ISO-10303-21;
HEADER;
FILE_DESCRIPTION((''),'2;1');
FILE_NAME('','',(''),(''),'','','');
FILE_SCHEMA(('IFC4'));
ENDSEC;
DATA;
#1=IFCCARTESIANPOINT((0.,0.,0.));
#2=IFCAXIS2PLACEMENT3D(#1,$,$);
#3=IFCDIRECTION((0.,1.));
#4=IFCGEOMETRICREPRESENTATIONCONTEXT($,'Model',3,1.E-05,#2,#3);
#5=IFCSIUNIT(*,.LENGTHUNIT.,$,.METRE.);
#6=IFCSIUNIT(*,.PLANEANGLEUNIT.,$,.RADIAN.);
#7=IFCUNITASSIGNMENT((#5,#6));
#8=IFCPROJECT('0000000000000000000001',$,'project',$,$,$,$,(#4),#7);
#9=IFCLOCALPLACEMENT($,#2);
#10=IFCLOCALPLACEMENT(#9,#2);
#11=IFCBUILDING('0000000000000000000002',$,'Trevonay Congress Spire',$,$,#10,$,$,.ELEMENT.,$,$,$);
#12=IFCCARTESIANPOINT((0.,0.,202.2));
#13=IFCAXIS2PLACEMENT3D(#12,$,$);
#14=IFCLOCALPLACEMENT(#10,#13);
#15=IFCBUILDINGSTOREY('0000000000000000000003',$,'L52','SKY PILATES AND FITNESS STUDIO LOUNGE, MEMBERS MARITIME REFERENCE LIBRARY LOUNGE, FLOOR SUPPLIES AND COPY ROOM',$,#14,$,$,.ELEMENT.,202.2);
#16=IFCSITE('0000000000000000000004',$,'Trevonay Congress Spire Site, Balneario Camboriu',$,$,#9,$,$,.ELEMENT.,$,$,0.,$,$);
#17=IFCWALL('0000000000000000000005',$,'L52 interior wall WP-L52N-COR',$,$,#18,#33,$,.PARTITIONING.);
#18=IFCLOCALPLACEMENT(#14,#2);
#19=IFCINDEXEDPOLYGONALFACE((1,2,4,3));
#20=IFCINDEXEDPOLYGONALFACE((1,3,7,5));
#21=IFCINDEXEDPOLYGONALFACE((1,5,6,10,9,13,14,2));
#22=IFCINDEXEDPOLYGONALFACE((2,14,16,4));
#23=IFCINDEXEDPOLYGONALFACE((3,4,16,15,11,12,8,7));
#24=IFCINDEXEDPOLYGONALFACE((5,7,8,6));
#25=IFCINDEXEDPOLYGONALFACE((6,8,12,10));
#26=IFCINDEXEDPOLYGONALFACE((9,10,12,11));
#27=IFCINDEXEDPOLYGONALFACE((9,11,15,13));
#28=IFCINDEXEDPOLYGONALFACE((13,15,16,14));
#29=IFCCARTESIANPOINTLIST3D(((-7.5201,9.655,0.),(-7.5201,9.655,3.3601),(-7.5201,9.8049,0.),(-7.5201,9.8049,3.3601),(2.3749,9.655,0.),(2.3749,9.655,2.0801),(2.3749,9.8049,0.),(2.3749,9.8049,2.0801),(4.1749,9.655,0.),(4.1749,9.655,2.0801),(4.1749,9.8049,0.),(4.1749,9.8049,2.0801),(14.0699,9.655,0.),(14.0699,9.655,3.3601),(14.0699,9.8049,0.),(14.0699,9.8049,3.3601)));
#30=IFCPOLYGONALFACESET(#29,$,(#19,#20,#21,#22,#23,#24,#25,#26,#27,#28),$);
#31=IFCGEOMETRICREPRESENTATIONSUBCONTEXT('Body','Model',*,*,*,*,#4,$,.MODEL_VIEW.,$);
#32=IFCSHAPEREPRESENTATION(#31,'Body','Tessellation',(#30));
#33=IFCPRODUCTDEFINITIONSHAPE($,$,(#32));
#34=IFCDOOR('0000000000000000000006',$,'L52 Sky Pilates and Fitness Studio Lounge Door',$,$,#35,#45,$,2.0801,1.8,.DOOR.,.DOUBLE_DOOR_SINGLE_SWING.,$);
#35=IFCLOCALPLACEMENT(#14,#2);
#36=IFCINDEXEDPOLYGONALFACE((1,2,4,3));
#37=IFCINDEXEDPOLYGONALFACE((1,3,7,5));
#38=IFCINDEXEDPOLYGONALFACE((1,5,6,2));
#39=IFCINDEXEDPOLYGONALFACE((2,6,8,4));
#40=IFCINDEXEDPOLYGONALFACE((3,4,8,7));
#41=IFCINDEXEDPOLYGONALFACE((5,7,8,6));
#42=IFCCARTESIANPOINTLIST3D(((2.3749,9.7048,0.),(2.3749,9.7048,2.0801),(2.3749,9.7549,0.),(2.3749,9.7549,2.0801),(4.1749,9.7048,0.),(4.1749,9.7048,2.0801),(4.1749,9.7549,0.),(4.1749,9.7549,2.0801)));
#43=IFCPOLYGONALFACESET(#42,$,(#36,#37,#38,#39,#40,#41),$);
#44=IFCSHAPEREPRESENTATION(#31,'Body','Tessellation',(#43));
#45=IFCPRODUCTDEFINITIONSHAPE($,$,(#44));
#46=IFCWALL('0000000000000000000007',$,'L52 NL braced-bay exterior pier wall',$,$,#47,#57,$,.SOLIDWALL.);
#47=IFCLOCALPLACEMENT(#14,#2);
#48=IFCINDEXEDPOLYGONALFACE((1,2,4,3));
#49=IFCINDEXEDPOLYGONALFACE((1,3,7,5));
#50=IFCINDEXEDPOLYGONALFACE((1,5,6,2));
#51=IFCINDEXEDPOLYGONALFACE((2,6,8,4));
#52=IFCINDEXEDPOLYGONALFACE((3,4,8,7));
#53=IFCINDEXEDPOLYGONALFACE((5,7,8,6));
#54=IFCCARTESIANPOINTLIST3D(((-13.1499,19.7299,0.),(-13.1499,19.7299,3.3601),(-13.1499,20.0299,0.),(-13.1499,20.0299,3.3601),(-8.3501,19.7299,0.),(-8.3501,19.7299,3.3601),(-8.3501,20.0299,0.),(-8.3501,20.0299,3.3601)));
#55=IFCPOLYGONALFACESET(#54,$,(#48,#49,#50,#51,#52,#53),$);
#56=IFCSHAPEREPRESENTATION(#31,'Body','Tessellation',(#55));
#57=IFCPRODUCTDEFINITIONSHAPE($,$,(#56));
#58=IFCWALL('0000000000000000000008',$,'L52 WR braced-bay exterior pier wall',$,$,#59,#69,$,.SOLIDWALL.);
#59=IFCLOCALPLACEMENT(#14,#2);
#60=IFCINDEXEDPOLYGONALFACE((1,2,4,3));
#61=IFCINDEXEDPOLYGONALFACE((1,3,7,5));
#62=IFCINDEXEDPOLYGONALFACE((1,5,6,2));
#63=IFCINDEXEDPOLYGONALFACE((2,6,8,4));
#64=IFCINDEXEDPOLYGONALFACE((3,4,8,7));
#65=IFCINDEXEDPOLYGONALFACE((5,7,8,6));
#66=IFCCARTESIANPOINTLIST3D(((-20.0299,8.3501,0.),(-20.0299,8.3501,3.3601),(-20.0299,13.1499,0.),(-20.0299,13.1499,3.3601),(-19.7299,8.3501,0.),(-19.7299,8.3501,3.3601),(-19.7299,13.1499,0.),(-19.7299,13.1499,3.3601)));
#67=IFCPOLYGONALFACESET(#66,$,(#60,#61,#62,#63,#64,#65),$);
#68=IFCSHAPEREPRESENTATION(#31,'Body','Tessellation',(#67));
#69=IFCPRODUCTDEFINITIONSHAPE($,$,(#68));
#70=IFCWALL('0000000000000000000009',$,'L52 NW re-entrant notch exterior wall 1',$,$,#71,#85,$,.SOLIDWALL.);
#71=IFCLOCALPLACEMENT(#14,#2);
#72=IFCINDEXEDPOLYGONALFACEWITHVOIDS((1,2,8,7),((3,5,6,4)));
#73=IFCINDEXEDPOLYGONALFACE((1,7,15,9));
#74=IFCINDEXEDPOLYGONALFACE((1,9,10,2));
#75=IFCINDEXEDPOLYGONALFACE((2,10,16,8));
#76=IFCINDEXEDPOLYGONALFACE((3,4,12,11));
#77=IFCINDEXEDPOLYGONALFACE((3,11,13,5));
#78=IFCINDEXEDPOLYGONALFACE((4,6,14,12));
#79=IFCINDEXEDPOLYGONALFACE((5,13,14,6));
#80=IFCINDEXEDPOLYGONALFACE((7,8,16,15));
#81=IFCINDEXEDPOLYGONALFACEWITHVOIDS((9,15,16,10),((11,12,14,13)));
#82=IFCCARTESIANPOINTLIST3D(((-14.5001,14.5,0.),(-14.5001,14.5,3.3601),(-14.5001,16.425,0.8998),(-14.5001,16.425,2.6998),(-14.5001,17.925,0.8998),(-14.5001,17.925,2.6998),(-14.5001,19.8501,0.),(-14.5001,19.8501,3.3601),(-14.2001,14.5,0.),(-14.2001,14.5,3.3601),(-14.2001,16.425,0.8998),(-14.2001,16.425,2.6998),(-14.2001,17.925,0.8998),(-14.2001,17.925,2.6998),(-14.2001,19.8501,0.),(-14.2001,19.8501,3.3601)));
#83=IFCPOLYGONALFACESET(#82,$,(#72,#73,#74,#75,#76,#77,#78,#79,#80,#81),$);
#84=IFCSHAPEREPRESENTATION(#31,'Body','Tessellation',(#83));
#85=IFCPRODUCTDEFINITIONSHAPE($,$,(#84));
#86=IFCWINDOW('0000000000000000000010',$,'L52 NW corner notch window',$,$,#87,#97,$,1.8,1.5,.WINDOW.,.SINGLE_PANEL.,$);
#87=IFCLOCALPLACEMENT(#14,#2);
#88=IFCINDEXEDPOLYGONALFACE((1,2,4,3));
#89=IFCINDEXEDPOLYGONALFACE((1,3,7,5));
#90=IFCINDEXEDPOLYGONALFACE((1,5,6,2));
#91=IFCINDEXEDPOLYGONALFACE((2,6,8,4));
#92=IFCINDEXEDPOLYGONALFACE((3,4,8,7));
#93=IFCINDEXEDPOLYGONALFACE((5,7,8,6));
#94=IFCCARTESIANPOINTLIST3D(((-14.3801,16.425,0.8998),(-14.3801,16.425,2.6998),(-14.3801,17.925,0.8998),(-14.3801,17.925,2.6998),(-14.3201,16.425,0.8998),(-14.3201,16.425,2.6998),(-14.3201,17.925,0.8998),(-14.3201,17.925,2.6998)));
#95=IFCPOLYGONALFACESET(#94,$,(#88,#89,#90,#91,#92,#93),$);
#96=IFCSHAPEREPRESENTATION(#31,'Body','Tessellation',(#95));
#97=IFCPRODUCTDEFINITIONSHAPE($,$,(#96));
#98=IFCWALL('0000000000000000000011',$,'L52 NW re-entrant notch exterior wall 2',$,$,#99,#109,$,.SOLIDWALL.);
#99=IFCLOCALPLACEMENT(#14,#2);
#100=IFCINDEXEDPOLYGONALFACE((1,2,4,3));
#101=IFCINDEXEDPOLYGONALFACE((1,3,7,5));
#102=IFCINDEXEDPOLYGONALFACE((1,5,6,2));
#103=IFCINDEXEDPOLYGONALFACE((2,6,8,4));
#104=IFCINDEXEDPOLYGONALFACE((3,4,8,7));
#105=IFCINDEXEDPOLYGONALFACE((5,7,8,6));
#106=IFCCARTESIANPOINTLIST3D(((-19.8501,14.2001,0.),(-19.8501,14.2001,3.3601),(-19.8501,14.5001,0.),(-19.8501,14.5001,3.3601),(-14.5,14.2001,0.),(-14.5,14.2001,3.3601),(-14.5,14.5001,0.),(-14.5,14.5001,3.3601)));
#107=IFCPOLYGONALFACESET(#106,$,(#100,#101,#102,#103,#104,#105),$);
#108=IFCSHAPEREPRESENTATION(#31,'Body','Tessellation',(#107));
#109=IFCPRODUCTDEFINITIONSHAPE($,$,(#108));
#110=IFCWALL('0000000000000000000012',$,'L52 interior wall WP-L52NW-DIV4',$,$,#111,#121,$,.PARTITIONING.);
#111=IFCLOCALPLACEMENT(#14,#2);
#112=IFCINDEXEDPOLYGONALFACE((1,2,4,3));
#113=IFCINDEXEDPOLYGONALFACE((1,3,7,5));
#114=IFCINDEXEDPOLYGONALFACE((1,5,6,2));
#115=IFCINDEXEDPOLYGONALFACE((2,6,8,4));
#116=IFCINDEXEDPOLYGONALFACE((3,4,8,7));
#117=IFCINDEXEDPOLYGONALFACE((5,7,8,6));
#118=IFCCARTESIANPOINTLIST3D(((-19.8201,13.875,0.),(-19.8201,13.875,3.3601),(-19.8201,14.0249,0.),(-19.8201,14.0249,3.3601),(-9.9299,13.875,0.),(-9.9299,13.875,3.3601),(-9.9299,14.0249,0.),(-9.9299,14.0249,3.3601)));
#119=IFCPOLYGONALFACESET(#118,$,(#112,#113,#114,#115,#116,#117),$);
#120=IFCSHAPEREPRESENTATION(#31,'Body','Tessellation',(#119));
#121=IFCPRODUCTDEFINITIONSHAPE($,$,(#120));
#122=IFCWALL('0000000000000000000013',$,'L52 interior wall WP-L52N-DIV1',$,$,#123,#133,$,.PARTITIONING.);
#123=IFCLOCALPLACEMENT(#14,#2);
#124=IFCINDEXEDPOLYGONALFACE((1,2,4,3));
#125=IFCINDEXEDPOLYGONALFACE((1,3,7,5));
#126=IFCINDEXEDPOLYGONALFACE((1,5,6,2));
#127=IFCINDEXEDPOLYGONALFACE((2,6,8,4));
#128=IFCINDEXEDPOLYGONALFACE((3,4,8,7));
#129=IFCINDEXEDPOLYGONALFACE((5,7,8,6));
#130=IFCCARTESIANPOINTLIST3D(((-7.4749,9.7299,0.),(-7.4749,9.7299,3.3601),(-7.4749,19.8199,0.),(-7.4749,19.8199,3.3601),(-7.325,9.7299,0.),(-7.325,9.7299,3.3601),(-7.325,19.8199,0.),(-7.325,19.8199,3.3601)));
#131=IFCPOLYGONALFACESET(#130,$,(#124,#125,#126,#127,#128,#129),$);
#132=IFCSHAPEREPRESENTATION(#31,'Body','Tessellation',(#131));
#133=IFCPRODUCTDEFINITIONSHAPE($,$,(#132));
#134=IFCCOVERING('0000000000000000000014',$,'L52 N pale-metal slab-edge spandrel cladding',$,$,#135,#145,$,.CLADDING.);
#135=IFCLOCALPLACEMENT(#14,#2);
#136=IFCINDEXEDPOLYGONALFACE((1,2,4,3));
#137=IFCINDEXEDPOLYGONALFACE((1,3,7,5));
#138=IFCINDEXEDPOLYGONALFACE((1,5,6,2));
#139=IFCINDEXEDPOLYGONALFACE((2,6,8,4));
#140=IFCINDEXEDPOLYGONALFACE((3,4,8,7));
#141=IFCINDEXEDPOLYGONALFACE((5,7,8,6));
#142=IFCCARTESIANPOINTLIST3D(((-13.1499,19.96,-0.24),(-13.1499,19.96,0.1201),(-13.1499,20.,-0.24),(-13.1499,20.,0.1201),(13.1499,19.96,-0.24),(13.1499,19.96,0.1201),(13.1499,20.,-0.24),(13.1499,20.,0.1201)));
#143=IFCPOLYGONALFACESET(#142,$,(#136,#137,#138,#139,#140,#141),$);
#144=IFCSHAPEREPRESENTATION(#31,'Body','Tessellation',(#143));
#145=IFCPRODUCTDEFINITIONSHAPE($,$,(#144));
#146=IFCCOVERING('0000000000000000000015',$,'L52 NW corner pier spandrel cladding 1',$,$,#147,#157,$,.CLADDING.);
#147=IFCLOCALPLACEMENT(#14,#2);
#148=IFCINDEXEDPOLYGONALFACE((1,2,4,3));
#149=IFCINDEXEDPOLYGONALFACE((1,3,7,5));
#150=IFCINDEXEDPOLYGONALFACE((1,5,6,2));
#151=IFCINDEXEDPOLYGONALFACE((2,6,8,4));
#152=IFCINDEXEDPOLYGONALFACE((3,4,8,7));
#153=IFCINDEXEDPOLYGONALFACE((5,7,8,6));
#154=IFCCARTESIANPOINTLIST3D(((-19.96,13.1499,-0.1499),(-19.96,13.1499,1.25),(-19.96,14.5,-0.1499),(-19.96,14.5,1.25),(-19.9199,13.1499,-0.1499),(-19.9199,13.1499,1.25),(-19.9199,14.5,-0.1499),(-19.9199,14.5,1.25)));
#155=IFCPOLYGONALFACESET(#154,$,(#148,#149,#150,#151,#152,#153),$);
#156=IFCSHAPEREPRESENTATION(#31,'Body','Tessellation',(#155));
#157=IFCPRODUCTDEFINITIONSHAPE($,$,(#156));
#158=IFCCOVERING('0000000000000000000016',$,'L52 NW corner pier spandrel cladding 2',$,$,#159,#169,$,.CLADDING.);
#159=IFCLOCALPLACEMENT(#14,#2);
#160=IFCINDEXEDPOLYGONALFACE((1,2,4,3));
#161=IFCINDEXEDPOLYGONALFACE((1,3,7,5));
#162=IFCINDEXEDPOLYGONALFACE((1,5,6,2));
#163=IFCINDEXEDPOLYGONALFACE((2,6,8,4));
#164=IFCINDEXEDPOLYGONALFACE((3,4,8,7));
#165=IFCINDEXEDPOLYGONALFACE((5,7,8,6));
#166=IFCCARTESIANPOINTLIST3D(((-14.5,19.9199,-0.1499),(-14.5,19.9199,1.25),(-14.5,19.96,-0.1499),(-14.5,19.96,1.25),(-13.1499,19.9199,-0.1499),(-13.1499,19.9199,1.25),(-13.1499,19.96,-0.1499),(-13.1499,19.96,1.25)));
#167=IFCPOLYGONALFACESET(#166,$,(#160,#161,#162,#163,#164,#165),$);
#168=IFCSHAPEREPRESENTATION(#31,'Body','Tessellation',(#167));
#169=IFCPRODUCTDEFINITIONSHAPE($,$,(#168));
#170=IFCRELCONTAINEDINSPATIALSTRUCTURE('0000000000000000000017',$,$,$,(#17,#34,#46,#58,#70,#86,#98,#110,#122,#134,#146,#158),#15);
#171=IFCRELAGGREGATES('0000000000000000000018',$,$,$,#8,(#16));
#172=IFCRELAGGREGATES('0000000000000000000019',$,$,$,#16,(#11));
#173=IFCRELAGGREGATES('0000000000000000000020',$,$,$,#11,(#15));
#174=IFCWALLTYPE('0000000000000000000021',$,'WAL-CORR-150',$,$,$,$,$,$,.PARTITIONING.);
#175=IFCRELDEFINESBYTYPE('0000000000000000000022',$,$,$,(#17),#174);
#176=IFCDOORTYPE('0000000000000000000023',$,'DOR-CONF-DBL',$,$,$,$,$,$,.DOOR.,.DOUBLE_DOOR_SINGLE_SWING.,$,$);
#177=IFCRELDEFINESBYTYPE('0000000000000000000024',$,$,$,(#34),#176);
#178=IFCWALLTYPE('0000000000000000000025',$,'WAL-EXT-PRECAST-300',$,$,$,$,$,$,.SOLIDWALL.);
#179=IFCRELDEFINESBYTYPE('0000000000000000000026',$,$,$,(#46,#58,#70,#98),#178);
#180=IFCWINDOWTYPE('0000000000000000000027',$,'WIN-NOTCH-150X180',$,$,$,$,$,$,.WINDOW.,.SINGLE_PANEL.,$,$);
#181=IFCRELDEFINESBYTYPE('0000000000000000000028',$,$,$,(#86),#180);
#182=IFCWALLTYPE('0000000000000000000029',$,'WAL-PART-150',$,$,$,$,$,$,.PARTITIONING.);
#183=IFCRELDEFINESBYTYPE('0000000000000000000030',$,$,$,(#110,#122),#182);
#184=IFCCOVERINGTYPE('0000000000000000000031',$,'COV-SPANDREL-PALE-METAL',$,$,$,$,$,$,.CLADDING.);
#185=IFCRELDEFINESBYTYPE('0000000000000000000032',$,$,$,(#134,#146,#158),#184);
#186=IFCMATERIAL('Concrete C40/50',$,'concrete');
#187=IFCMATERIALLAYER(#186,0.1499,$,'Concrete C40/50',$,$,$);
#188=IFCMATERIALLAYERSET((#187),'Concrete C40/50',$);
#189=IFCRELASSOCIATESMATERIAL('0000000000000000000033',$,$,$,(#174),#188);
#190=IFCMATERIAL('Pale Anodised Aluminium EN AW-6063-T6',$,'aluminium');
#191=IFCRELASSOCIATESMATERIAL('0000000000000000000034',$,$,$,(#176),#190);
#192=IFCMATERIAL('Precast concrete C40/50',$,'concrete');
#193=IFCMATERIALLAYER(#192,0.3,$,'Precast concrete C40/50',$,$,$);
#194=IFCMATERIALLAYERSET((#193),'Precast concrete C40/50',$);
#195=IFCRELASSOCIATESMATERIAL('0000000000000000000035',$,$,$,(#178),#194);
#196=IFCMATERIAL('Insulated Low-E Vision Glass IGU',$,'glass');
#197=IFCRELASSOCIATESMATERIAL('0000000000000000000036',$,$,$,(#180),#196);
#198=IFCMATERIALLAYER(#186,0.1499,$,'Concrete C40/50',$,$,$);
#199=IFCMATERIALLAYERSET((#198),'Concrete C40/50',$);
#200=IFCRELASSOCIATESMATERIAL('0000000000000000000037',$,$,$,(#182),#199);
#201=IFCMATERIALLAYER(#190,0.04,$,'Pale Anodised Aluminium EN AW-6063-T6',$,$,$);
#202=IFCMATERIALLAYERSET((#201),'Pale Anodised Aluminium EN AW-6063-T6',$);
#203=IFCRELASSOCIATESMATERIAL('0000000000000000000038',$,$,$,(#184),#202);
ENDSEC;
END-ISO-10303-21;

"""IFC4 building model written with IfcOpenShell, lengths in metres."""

from ifc_helpers import new_model, si_unit, direction, frame, frame_2d, origin, place, context, subcontext, project, spatial, rectangle, extrude, material, layer, layer_set, type_object, element, fill, save


model = new_model("IFC4")

# Units and contexts
model_context = context("Model", 3, precision=1e-05, world=origin(), true_north=direction((0.0, 1.0)))
body_context = subcontext(model_context, "Body", "Model", "MODEL_VIEW")
ifc_project = project(units=[si_unit("LENGTHUNIT", "METRE"), si_unit("PLANEANGLEUNIT", "RADIAN")], contexts=[model_context])

# Site, building, storey
site_placement = place(None, origin())
site = spatial("IfcSite", under=ifc_project, at=site_placement, Name="Trevonay Congress Spire Site, Balneario Camboriu", CompositionType="ELEMENT", RefElevation=0.0)
building_placement = place(site_placement, origin())
building = spatial("IfcBuilding", under=site, at=building_placement, Name="Trevonay Congress Spire", CompositionType="ELEMENT")
storey_placement = place(building_placement, frame((0.0, 0.0, 202.2)))
storey = spatial("IfcBuildingStorey", under=building, at=storey_placement, Name="L52", Description="SKY PILATES AND FITNESS STUDIO LOUNGE, MEMBERS MARITIME REFERENCE LIBRARY LOUNGE, FLOOR SUPPLIES AND COPY ROOM", CompositionType="ELEMENT", Elevation=202.2)

# Shared definitions
ifc_material_1 = material(Name="Pale Anodised Aluminium EN AW-6063-T6", Category="aluminium")

# Shared definitions
ifc_material_2 = material(Name="Insulated Low-E Vision Glass IGU", Category="glass")

# Wall, opening, door
ifc_material_3 = material(Name="Concrete C40/50", Category="concrete")
ifc_layer_1 = layer(ifc_material_3, 0.1499, Name="Concrete C40/50")
ifc_layer_set_1 = layer_set([ifc_layer_1], Name="Concrete C40/50")
wall_type_1 = type_object("IfcWallType", Name="WAL-CORR-150", PredefinedType="PARTITIONING", material=ifc_layer_set_1)
wall_1_placement = place(storey_placement, frame((-7.52, 9.73, 0.0), z_axis=(0.0, 0.0, 1.0), x_axis=(1.0, 0.0, 0.0)))
wall_1 = element("IfcWall", 1, at=wall_1_placement, inside=storey, type_object=wall_type_1, Name="L52 interior wall WP-L52N-COR", PredefinedType="PARTITIONING", context=body_context, shape_type="SweptSolid", body=[
    extrude(rectangle(XDim=21.5901, YDim=0.1499, at=frame_2d((10.7949, 0.0))), origin(), (0.0, 0.0, 1.0), 3.3601),
])
opening_1_placement = place(wall_1_placement, frame((9.895, 0.0, 0.0)))
opening_1 = element("IfcOpeningElement", 2, at=opening_1_placement, cuts=wall_1, PredefinedType="OPENING", context=body_context, shape_type="SweptSolid", body=[
    extrude(rectangle(XDim=1.8, YDim=2.0801, at=frame_2d((0.8999, 1.04))), frame((0.0, 0.085, 0.0), z_axis=(0.0, -1.0, 0.0), x_axis=(1.0, 0.0, 0.0)), (0.0, 0.0, 1.0), 0.1699),
])
door_type = type_object("IfcDoorType", Name="DOR-CONF-DBL", OperationType="DOUBLE_DOOR_SINGLE_SWING", PredefinedType="DOOR", material=ifc_material_1)
door_placement = place(opening_1_placement, origin())
door = element("IfcDoor", 3, at=door_placement, inside=storey, type_object=door_type, Name="L52 Sky Pilates and Fitness Studio Lounge Door", OperationType="DOUBLE_DOOR_SINGLE_SWING", OverallHeight=2.0801, OverallWidth=1.8, PredefinedType="DOOR", context=body_context, shape_type="SweptSolid", body=[
    extrude(rectangle(XDim=1.8, YDim=2.0801, at=frame_2d((0.8999, 1.04))), frame((0.0, 0.0249, 0.0), z_axis=(0.0, -1.0, 0.0), x_axis=(1.0, 0.0, 0.0)), (0.0, 0.0, 1.0), 0.05),
])
fill(opening_1, door)

# Walls
ifc_material_4 = material(Name="Precast concrete C40/50", Category="concrete")
ifc_layer_2 = layer(ifc_material_4, 0.3, Name="Precast concrete C40/50")
ifc_layer_set_2 = layer_set([ifc_layer_2], Name="Precast concrete C40/50")
wall_type_2 = type_object("IfcWallType", Name="WAL-EXT-PRECAST-300", PredefinedType="SOLIDWALL", material=ifc_layer_set_2)
for number, where, z_axis, x_axis, name in (
    (4, (-13.1499, 19.8799, 0.0), (0.0, 0.0, 1.0), (1.0, 0.0, 0.0), "L52 NL braced-bay exterior pier wall"),
    (5, (-19.8799, 8.3501, 0.0), (0.0, 0.0, 1.0), (0.0, 1.0, 0.0), "L52 WR braced-bay exterior pier wall"),
):
    element("IfcWall", number, at=place(storey_placement, frame(where, z_axis=z_axis, x_axis=x_axis)), inside=storey, type_object=wall_type_2, Name=name, PredefinedType="SOLIDWALL", context=body_context, shape_type="SweptSolid", body=[
        extrude(rectangle(XDim=4.7998, YDim=0.3, at=frame_2d((2.3999, 0.0))), origin(), (0.0, 0.0, 1.0), 3.3601),
    ])

# Wall, opening, window
wall_2_placement = place(storey_placement, frame((-14.3501, 19.8501, 0.0), z_axis=(0.0, 0.0, 1.0), x_axis=(0.0, -1.0, 0.0)))
wall_2 = element("IfcWall", 6, at=wall_2_placement, inside=storey, type_object=wall_type_2, Name="L52 NW re-entrant notch exterior wall 1", PredefinedType="SOLIDWALL", context=body_context, shape_type="SweptSolid", body=[
    extrude(rectangle(XDim=5.3501, YDim=0.3, at=frame_2d((2.675, 0.0))), origin(), (0.0, 0.0, 1.0), 3.3601),
])
opening_2_placement = place(wall_2_placement, frame((1.925, 0.0, 0.8999)))
opening_2 = element("IfcOpeningElement", 7, at=opening_2_placement, cuts=wall_2, PredefinedType="OPENING", context=body_context, shape_type="SweptSolid", body=[
    extrude(rectangle(XDim=1.5, YDim=1.8, at=frame_2d((0.75, 0.8999))), frame((0.0, 0.1602, 0.0), z_axis=(0.0, -1.0, 0.0), x_axis=(1.0, 0.0, 0.0)), (0.0, 0.0, 1.0), 0.3201),
])
window_type = type_object("IfcWindowType", Name="WIN-NOTCH-150X180", PartitioningType="SINGLE_PANEL", PredefinedType="WINDOW", material=ifc_material_2)
window_placement = place(opening_2_placement, origin())
window = element("IfcWindow", 8, at=window_placement, inside=storey, type_object=window_type, Name="L52 NW corner notch window", OverallHeight=1.8, OverallWidth=1.5, PartitioningType="SINGLE_PANEL", PredefinedType="WINDOW", context=body_context, shape_type="SweptSolid", body=[
    extrude(rectangle(XDim=1.5, YDim=1.8, at=frame_2d((0.75, 0.8999))), frame((0.0, 0.03, 0.0), z_axis=(0.0, -1.0, 0.0), x_axis=(1.0, 0.0, 0.0)), (0.0, 0.0, 1.0), 0.0601),
])
fill(opening_2, window)

# Walls
wall_3_placement = place(storey_placement, frame((-19.8501, 14.3501, 0.0), z_axis=(0.0, 0.0, 1.0), x_axis=(1.0, 0.0, 0.0)))
element("IfcWall", 9, at=wall_3_placement, inside=storey, type_object=wall_type_2, Name="L52 NW re-entrant notch exterior wall 2", PredefinedType="SOLIDWALL", context=body_context, shape_type="SweptSolid", body=[
    extrude(rectangle(XDim=5.3501, YDim=0.3, at=frame_2d((2.675, 0.0))), origin(), (0.0, 0.0, 1.0), 3.3601),
])
ifc_layer_3 = layer(ifc_material_3, 0.1499, Name="Concrete C40/50")
ifc_layer_set_3 = layer_set([ifc_layer_3], Name="Concrete C40/50")
wall_type_3 = type_object("IfcWallType", Name="WAL-PART-150", PredefinedType="PARTITIONING", material=ifc_layer_set_3)
wall_4_placement = place(storey_placement, frame((-19.8201, 13.95, 0.0), z_axis=(0.0, 0.0, 1.0), x_axis=(1.0, 0.0, 0.0)))
element("IfcWall", 10, at=wall_4_placement, inside=storey, type_object=wall_type_3, Name="L52 interior wall WP-L52NW-DIV4", PredefinedType="PARTITIONING", context=body_context, shape_type="SweptSolid", body=[
    extrude(rectangle(XDim=9.8901, YDim=0.1499, at=frame_2d((4.9451, 0.0))), origin(), (0.0, 0.0, 1.0), 3.3601),
])
wall_5_placement = place(storey_placement, frame((-7.3999, 9.73, 0.0), z_axis=(0.0, 0.0, 1.0), x_axis=(0.0, 1.0, 0.0)))
element("IfcWall", 11, at=wall_5_placement, inside=storey, type_object=wall_type_3, Name="L52 interior wall WP-L52N-DIV1", PredefinedType="PARTITIONING", context=body_context, shape_type="SweptSolid", body=[
    extrude(rectangle(XDim=10.0901, YDim=0.1499, at=frame_2d((5.0449, 0.0))), origin(), (0.0, 0.0, 1.0), 3.3601),
])

# Coverings
ifc_layer_4 = layer(ifc_material_1, 0.04, Name="Pale Anodised Aluminium EN AW-6063-T6")
ifc_layer_set_4 = layer_set([ifc_layer_4], Name="Pale Anodised Aluminium EN AW-6063-T6")
covering_type = type_object("IfcCoveringType", Name="COV-SPANDREL-PALE-METAL", PredefinedType="CLADDING", material=ifc_layer_set_4)
covering_placement = place(storey_placement, frame((-13.1499, 19.98, -0.24), z_axis=(0.0, 0.0, 1.0), x_axis=(1.0, 0.0, 0.0)))
element("IfcCovering", 12, at=covering_placement, inside=storey, type_object=covering_type, Name="L52 N pale-metal slab-edge spandrel cladding", PredefinedType="CLADDING", context=body_context, shape_type="SweptSolid", body=[
    extrude(rectangle(XDim=26.2998, YDim=0.04, at=frame_2d((13.1499, 0.0))), origin(), (0.0, 0.0, 1.0), 0.3601),
])
for number, where, z_axis, x_axis, name in (
    (13, (-19.9399, 13.1499, -0.1499), (0.0, 0.0, 1.0), (0.0, 1.0, 0.0), "L52 NW corner pier spandrel cladding 1"),
    (14, (-13.1499, 19.9399, -0.1499), (0.0, 0.0, 1.0), (-1.0, 0.0, 0.0), "L52 NW corner pier spandrel cladding 2"),
):
    element("IfcCovering", number, at=place(storey_placement, frame(where, z_axis=z_axis, x_axis=x_axis)), inside=storey, type_object=covering_type, Name=name, PredefinedType="CLADDING", context=body_context, shape_type="SweptSolid", body=[
        extrude(rectangle(XDim=1.3501, YDim=0.04, at=frame_2d((0.675, 0.0))), origin(), (0.0, 0.0, 1.0), 1.3999),
    ])

save(model, "model.ifc")
